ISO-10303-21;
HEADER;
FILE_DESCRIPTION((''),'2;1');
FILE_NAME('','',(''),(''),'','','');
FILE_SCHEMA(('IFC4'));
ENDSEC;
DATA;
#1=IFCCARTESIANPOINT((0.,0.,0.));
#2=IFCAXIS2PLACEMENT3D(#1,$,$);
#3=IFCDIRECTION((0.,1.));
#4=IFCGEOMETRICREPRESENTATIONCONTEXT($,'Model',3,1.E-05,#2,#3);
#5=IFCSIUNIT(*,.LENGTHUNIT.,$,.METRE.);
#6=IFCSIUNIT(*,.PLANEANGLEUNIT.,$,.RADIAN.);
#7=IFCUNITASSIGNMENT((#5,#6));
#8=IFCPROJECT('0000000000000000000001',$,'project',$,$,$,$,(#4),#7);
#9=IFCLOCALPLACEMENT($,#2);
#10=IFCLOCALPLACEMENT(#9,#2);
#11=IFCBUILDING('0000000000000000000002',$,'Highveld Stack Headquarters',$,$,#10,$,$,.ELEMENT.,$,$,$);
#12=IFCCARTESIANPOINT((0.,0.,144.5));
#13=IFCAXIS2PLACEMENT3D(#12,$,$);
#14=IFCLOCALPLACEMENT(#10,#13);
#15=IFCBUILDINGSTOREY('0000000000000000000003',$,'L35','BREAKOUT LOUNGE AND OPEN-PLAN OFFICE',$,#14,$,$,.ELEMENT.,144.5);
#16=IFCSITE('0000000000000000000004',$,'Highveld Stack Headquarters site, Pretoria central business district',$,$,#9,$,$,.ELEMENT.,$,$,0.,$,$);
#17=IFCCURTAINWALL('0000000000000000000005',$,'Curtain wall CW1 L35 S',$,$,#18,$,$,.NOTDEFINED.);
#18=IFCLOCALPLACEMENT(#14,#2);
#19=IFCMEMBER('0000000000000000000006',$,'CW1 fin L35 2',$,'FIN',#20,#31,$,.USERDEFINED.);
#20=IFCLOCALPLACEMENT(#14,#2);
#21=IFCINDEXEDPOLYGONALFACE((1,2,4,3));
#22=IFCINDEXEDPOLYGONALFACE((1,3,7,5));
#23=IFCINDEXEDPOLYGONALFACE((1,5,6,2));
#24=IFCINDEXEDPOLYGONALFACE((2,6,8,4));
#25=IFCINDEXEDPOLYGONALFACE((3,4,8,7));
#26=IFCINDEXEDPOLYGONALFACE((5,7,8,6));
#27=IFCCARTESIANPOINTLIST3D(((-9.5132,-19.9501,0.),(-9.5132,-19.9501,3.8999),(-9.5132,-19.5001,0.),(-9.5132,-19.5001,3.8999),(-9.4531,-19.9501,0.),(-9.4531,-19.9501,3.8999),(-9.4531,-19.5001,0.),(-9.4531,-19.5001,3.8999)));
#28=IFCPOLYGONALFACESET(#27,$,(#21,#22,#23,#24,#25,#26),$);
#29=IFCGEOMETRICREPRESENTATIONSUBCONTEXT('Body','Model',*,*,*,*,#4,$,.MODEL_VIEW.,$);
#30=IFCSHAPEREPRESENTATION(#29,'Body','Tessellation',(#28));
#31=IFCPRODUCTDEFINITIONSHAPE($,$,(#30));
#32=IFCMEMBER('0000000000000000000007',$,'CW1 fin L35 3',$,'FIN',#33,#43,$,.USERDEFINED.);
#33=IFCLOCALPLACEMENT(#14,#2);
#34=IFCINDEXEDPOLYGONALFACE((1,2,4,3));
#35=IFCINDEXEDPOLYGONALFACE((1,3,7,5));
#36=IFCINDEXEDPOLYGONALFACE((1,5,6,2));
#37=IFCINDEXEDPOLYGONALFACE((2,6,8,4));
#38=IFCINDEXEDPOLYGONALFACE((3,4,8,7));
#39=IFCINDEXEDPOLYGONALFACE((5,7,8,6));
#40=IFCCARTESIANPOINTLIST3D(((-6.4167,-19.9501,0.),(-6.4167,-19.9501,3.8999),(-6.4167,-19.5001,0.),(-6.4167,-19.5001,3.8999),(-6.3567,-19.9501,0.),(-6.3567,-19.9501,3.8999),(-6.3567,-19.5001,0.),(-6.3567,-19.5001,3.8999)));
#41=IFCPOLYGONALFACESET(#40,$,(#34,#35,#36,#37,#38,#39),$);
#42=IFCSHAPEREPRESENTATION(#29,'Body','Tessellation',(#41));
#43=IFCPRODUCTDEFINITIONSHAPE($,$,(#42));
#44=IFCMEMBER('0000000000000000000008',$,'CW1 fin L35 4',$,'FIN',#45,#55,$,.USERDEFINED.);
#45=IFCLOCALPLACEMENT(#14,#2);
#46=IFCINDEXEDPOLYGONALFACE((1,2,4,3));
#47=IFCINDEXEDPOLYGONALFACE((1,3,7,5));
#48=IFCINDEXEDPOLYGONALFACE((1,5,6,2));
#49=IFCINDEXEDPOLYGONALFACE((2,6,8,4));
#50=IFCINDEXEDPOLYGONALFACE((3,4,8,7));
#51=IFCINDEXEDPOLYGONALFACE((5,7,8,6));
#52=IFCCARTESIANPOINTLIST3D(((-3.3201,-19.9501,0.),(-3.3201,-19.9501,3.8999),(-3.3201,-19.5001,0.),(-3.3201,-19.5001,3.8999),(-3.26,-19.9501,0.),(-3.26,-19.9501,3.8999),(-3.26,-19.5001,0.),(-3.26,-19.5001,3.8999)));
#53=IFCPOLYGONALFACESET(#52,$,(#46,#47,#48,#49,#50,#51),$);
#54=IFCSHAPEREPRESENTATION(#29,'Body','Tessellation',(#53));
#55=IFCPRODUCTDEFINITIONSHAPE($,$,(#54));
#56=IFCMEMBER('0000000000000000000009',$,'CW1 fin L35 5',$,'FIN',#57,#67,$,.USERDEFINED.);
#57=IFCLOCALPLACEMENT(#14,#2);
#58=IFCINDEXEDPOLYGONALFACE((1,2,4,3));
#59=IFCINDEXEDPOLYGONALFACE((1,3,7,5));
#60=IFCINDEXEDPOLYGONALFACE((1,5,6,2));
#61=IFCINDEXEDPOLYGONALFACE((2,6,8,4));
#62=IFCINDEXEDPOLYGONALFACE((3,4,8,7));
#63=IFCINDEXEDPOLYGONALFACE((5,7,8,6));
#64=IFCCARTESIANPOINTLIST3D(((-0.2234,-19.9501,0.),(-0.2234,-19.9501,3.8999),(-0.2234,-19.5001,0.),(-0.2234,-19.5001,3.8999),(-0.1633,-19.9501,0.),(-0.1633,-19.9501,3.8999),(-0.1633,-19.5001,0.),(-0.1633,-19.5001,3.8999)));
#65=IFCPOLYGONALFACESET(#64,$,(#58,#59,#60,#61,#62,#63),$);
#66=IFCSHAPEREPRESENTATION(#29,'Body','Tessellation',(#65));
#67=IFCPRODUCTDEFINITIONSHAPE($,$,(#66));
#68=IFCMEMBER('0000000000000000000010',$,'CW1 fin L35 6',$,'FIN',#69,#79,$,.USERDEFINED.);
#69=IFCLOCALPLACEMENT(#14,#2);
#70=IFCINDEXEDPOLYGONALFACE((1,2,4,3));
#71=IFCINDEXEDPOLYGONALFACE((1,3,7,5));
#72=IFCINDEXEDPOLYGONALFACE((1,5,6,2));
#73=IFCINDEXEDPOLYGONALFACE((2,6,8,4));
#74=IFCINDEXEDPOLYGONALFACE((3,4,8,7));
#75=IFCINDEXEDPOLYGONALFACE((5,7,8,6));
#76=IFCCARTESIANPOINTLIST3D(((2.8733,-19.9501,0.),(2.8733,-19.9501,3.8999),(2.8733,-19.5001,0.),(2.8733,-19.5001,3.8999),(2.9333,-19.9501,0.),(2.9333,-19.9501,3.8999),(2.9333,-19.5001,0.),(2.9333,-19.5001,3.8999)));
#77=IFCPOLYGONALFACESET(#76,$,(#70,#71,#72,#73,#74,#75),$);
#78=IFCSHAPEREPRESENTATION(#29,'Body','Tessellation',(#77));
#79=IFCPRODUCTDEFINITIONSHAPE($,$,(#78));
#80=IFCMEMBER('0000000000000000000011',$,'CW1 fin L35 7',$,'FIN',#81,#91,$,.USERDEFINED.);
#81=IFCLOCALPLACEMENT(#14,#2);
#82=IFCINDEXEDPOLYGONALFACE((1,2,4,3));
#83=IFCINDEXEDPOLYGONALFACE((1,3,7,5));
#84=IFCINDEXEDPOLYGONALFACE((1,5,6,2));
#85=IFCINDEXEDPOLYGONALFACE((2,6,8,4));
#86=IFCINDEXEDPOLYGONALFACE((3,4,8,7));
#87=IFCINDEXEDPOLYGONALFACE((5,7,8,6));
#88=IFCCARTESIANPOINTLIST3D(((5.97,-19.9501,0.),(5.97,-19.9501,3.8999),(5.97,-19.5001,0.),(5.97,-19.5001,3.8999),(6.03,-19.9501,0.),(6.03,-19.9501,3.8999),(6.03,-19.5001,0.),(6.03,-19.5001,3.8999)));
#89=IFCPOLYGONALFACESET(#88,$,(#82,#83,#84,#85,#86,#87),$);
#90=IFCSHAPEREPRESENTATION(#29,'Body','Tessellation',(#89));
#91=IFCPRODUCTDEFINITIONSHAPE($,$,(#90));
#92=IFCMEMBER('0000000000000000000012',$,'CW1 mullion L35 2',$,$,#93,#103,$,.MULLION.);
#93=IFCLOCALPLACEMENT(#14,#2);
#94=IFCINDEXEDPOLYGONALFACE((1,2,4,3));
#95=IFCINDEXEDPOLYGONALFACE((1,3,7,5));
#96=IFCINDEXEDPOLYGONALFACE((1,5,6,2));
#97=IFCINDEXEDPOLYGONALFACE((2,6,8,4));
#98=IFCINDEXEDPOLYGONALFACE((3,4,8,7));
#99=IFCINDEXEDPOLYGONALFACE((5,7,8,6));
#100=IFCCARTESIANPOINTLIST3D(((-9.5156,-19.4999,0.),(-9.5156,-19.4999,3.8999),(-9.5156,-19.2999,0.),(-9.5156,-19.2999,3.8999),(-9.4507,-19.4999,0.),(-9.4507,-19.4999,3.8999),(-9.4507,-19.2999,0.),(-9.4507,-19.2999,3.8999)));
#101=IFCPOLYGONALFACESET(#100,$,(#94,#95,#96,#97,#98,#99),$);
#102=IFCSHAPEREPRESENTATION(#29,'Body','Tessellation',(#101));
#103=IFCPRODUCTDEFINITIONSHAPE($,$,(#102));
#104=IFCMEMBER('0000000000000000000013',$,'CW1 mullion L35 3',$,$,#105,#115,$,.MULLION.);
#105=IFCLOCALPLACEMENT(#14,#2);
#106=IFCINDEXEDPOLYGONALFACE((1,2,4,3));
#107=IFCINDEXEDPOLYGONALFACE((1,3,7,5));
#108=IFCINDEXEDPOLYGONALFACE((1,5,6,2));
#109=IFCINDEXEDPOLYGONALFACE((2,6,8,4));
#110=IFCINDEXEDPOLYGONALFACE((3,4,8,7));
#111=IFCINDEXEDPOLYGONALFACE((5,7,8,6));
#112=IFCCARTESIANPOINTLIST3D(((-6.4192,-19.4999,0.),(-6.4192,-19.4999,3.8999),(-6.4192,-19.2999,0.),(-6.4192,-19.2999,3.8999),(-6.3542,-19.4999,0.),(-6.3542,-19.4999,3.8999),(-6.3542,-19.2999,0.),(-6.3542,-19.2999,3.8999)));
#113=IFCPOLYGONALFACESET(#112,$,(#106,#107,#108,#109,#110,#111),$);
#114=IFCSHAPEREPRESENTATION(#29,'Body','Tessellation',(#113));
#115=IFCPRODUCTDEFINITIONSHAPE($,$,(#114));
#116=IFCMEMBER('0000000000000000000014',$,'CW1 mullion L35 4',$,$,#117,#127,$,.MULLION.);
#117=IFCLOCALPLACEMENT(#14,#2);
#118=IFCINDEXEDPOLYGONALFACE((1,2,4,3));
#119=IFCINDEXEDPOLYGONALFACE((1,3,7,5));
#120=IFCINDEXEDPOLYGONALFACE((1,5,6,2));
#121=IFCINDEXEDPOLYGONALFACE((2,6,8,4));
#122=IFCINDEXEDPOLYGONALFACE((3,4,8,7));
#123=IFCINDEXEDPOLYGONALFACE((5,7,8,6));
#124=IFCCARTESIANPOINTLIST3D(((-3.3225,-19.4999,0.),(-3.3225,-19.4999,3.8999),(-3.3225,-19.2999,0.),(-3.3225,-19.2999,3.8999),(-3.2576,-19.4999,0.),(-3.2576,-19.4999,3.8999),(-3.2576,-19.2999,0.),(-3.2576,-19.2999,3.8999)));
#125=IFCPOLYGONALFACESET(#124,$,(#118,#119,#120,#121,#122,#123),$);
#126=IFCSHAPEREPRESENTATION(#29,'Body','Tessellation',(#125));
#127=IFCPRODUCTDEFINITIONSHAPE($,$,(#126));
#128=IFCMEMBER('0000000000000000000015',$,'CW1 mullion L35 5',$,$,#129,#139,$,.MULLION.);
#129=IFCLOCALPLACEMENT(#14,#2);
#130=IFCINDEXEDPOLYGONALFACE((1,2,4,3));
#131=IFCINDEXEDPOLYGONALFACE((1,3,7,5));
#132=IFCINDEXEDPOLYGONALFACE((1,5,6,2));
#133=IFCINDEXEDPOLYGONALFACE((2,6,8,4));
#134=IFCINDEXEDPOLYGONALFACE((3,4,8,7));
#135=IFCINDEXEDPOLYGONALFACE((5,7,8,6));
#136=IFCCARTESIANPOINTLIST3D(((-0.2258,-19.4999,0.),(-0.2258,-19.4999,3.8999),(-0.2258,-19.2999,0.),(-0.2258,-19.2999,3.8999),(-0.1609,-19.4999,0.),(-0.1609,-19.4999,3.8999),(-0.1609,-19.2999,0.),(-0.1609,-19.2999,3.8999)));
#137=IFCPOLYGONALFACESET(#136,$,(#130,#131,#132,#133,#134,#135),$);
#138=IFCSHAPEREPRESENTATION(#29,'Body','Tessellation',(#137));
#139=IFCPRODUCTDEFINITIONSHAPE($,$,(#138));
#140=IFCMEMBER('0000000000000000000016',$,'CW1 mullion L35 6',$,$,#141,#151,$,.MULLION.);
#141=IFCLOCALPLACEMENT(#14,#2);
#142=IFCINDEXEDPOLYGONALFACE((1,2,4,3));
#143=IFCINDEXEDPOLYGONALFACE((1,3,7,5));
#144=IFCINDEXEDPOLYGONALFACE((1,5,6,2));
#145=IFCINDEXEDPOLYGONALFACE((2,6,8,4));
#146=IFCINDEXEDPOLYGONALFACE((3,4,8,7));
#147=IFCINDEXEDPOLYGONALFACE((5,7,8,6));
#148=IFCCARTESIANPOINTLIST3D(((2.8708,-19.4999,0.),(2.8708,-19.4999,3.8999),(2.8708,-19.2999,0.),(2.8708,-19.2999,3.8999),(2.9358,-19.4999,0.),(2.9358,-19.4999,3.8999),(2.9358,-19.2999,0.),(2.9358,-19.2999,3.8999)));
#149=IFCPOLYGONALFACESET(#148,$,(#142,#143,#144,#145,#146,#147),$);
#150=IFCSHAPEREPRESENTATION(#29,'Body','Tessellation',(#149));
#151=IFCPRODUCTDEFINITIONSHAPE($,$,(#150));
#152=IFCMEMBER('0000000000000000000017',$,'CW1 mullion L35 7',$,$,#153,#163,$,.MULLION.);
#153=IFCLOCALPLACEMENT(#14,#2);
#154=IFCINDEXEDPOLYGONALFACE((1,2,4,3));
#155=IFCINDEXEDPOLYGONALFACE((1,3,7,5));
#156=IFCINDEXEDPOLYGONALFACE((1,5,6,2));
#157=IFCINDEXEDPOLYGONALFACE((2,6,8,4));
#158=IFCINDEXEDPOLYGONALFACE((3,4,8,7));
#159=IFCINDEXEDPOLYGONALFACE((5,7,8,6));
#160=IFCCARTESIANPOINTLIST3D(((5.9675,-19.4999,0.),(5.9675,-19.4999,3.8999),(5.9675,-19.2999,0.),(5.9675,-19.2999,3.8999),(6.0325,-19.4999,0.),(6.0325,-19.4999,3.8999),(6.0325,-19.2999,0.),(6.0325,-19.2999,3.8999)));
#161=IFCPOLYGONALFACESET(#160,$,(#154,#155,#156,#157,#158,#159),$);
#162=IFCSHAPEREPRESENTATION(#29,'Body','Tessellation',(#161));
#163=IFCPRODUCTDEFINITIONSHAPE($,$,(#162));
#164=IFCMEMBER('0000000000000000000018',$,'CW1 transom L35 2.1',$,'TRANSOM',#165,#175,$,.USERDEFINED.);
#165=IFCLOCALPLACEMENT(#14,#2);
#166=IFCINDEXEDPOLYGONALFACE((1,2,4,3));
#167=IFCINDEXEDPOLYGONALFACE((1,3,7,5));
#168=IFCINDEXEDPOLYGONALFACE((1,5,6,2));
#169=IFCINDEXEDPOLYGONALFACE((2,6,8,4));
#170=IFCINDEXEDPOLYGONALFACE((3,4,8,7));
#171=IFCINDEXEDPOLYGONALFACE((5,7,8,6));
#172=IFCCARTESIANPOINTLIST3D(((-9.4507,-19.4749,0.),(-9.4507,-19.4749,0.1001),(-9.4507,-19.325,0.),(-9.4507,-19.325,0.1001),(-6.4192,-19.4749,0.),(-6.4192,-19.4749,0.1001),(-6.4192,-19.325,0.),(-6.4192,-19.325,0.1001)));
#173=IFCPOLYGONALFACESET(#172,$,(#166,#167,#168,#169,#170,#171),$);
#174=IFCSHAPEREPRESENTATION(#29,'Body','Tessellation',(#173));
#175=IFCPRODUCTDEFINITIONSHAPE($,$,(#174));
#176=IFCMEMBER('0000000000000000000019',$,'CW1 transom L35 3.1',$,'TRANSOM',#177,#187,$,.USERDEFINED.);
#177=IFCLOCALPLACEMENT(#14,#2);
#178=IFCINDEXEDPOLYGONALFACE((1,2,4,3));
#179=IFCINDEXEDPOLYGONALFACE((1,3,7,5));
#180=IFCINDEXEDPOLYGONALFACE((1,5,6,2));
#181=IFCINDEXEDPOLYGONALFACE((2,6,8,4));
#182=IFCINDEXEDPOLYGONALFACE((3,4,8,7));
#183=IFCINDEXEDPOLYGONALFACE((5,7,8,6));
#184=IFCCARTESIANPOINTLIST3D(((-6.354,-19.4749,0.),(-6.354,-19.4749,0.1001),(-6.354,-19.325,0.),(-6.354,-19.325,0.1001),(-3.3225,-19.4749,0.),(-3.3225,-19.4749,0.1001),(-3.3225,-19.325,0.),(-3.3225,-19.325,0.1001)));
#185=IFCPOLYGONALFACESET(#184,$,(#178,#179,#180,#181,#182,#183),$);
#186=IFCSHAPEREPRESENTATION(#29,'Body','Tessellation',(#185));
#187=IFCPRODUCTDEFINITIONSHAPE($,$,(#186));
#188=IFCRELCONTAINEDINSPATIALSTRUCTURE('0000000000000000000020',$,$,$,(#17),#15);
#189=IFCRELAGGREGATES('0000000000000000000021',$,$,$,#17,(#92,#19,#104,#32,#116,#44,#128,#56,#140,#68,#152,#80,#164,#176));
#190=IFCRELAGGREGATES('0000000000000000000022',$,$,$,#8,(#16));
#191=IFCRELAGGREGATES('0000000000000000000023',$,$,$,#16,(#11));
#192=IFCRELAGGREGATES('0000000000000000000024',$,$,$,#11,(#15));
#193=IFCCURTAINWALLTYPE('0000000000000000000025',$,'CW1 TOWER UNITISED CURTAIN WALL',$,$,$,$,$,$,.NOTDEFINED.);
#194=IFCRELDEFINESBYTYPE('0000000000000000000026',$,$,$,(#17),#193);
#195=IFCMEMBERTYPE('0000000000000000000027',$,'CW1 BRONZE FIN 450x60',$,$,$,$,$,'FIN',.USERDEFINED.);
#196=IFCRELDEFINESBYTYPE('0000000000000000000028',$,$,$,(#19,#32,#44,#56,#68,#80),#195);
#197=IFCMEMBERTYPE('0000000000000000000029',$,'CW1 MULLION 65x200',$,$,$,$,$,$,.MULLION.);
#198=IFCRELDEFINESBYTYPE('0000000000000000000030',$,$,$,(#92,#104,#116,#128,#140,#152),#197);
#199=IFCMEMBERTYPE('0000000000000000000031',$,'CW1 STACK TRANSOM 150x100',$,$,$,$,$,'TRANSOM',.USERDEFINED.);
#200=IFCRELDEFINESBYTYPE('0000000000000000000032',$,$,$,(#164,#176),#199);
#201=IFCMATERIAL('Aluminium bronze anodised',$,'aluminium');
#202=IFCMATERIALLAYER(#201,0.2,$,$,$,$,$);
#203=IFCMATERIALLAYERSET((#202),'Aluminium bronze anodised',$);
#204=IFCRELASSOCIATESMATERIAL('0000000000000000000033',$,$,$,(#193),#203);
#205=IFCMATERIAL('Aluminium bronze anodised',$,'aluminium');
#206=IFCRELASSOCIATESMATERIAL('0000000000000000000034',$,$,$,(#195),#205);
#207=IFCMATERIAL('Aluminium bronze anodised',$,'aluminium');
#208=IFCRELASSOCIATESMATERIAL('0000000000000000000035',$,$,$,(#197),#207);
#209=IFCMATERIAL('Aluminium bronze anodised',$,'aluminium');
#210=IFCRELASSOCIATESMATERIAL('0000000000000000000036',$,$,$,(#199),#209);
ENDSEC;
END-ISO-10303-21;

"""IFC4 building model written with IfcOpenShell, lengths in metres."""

from ifc_helpers import new_model, si_unit, direction, frame, origin, origin_2d, place, context, subcontext, project, spatial, rectangle, extrude, material, layer, layer_set, material_profile, profile_set, type_object, element, aggregate, save


model = new_model("IFC4")

# Units and contexts
model_context = context("Model", 3, precision=1e-05, world=origin(), true_north=direction((0.0, 1.0)))
body_context = subcontext(model_context, "Body", "Model", "MODEL_VIEW")
ifc_project = project(units=[si_unit("LENGTHUNIT", "METRE"), si_unit("PLANEANGLEUNIT", "RADIAN")], contexts=[model_context])

# Site, building, storey
site_placement = place(None, origin())
site = spatial("IfcSite", under=ifc_project, at=site_placement, Name="Highveld Stack Headquarters site, Pretoria central business district", CompositionType="ELEMENT", RefElevation=0.0)
building_placement = place(site_placement, origin())
building = spatial("IfcBuilding", under=site, at=building_placement, Name="Highveld Stack Headquarters", CompositionType="ELEMENT")
storey_placement = place(building_placement, frame((0.0, 0.0, 144.5)))
storey = spatial("IfcBuildingStorey", under=building, at=storey_placement, Name="L35", Description="BREAKOUT LOUNGE AND OPEN-PLAN OFFICE", CompositionType="ELEMENT", Elevation=144.5)

# Curtain wall, members
ifc_material_1 = material(Name="Aluminium bronze anodised", Category="aluminium")
ifc_layer_1 = layer(ifc_material_1, 0.2)
ifc_layer_set_1 = layer_set([ifc_layer_1], Name="Aluminium bronze anodised")
curtain_wall_type = type_object("IfcCurtainWallType", Name="CW1 TOWER UNITISED CURTAIN WALL", PredefinedType="NOTDEFINED", material=ifc_layer_set_1)
curtain_wall_placement = place(storey_placement, origin())
curtain_wall = element("IfcCurtainWall", 1, at=curtain_wall_placement, inside=storey, type_object=curtain_wall_type, Name="Curtain wall CW1 L35 S", PredefinedType="NOTDEFINED")
ifc_material_2 = material(Name="Aluminium bronze anodised", Category="aluminium")
ifc_material_profile_1 = material_profile(ifc_material_2, rectangle(XDim=0.45, YDim=0.0601, at=origin_2d()), Name="FIN 450x60")
ifc_profile_set_1 = profile_set([ifc_material_profile_1], Name="Aluminium bronze anodised")
member_type_1 = type_object("IfcMemberType", Name="CW1 BRONZE FIN 450x60", ElementType="FIN", PredefinedType="USERDEFINED", material=ifc_profile_set_1)
member_1_placement = place(storey_placement, frame((-9.4832, -19.7251, 0.0), z_axis=(0.0, 0.0, 1.0), x_axis=(0.0, 1.0, 0.0)))
member_1 = element("IfcMember", 2, at=member_1_placement, type_object=member_type_1, Name="CW1 fin L35 2", ObjectType="FIN", PredefinedType="USERDEFINED", context=body_context, shape_type="SweptSolid", body=[
    extrude(rectangle(XDim=0.45, YDim=0.0601, at=origin_2d()), origin(), (0.0, 0.0, 1.0), 3.8999),
])
member_2_placement = place(storey_placement, frame((-6.3867, -19.7251, 0.0), z_axis=(0.0, 0.0, 1.0), x_axis=(0.0, 1.0, 0.0)))
member_2 = element("IfcMember", 3, at=member_2_placement, type_object=member_type_1, Name="CW1 fin L35 3", ObjectType="FIN", PredefinedType="USERDEFINED", context=body_context, shape_type="SweptSolid", body=[
    extrude(rectangle(XDim=0.45, YDim=0.0601, at=origin_2d()), origin(), (0.0, 0.0, 1.0), 3.8999),
])
member_3_placement = place(storey_placement, frame((-3.29, -19.7251, 0.0), z_axis=(0.0, 0.0, 1.0), x_axis=(0.0, 1.0, 0.0)))
member_3 = element("IfcMember", 4, at=member_3_placement, type_object=member_type_1, Name="CW1 fin L35 4", ObjectType="FIN", PredefinedType="USERDEFINED", context=body_context, shape_type="SweptSolid", body=[
    extrude(rectangle(XDim=0.45, YDim=0.0601, at=origin_2d()), origin(), (0.0, 0.0, 1.0), 3.8999),
])
member_4_placement = place(storey_placement, frame((-0.1934, -19.7251, 0.0), z_axis=(0.0, 0.0, 1.0), x_axis=(0.0, 1.0, 0.0)))
member_4 = element("IfcMember", 5, at=member_4_placement, type_object=member_type_1, Name="CW1 fin L35 5", ObjectType="FIN", PredefinedType="USERDEFINED", context=body_context, shape_type="SweptSolid", body=[
    extrude(rectangle(XDim=0.45, YDim=0.0601, at=origin_2d()), origin(), (0.0, 0.0, 1.0), 3.8999),
])
member_5_placement = place(storey_placement, frame((2.9033, -19.7251, 0.0), z_axis=(0.0, 0.0, 1.0), x_axis=(0.0, 1.0, 0.0)))
member_5 = element("IfcMember", 6, at=member_5_placement, type_object=member_type_1, Name="CW1 fin L35 6", ObjectType="FIN", PredefinedType="USERDEFINED", context=body_context, shape_type="SweptSolid", body=[
    extrude(rectangle(XDim=0.45, YDim=0.0601, at=origin_2d()), origin(), (0.0, 0.0, 1.0), 3.8999),
])
member_6_placement = place(storey_placement, frame((6.0, -19.7251, 0.0), z_axis=(0.0, 0.0, 1.0), x_axis=(0.0, 1.0, 0.0)))
member_6 = element("IfcMember", 7, at=member_6_placement, type_object=member_type_1, Name="CW1 fin L35 7", ObjectType="FIN", PredefinedType="USERDEFINED", context=body_context, shape_type="SweptSolid", body=[
    extrude(rectangle(XDim=0.45, YDim=0.0601, at=origin_2d()), origin(), (0.0, 0.0, 1.0), 3.8999),
])
ifc_material_3 = material(Name="Aluminium bronze anodised", Category="aluminium")
ifc_material_profile_2 = material_profile(ifc_material_3, rectangle(XDim=0.2, YDim=0.0649, at=origin_2d()), Name="CW1 MULLION 65x200")
ifc_profile_set_2 = profile_set([ifc_material_profile_2], Name="Aluminium bronze anodised")
member_type_2 = type_object("IfcMemberType", Name="CW1 MULLION 65x200", PredefinedType="MULLION", material=ifc_profile_set_2)
member_7_placement = place(storey_placement, frame((-9.4832, -19.3999, 0.0), z_axis=(0.0, 0.0, 1.0), x_axis=(0.0, 1.0, 0.0)))
member_7 = element("IfcMember", 8, at=member_7_placement, type_object=member_type_2, Name="CW1 mullion L35 2", PredefinedType="MULLION", context=body_context, shape_type="SweptSolid", body=[
    extrude(rectangle(XDim=0.2, YDim=0.0649, at=origin_2d()), origin(), (0.0, 0.0, 1.0), 3.8999),
])
member_8_placement = place(storey_placement, frame((-6.3867, -19.3999, 0.0), z_axis=(0.0, 0.0, 1.0), x_axis=(0.0, 1.0, 0.0)))
member_8 = element("IfcMember", 9, at=member_8_placement, type_object=member_type_2, Name="CW1 mullion L35 3", PredefinedType="MULLION", context=body_context, shape_type="SweptSolid", body=[
    extrude(rectangle(XDim=0.2, YDim=0.0649, at=origin_2d()), origin(), (0.0, 0.0, 1.0), 3.8999),
])
member_9_placement = place(storey_placement, frame((-3.29, -19.3999, 0.0), z_axis=(0.0, 0.0, 1.0), x_axis=(0.0, 1.0, 0.0)))
member_9 = element("IfcMember", 10, at=member_9_placement, type_object=member_type_2, Name="CW1 mullion L35 4", PredefinedType="MULLION", context=body_context, shape_type="SweptSolid", body=[
    extrude(rectangle(XDim=0.2, YDim=0.0649, at=origin_2d()), origin(), (0.0, 0.0, 1.0), 3.8999),
])
member_10_placement = place(storey_placement, frame((-0.1934, -19.3999, 0.0), z_axis=(0.0, 0.0, 1.0), x_axis=(0.0, 1.0, 0.0)))
member_10 = element("IfcMember", 11, at=member_10_placement, type_object=member_type_2, Name="CW1 mullion L35 5", PredefinedType="MULLION", context=body_context, shape_type="SweptSolid", body=[
    extrude(rectangle(XDim=0.2, YDim=0.0649, at=origin_2d()), origin(), (0.0, 0.0, 1.0), 3.8999),
])
member_11_placement = place(storey_placement, frame((2.9033, -19.3999, 0.0), z_axis=(0.0, 0.0, 1.0), x_axis=(0.0, 1.0, 0.0)))
member_11 = element("IfcMember", 12, at=member_11_placement, type_object=member_type_2, Name="CW1 mullion L35 6", PredefinedType="MULLION", context=body_context, shape_type="SweptSolid", body=[
    extrude(rectangle(XDim=0.2, YDim=0.0649, at=origin_2d()), origin(), (0.0, 0.0, 1.0), 3.8999),
])
member_12_placement = place(storey_placement, frame((6.0, -19.3999, 0.0), z_axis=(0.0, 0.0, 1.0), x_axis=(0.0, 1.0, 0.0)))
member_12 = element("IfcMember", 13, at=member_12_placement, type_object=member_type_2, Name="CW1 mullion L35 7", PredefinedType="MULLION", context=body_context, shape_type="SweptSolid", body=[
    extrude(rectangle(XDim=0.2, YDim=0.0649, at=origin_2d()), origin(), (0.0, 0.0, 1.0), 3.8999),
])
ifc_material_4 = material(Name="Aluminium bronze anodised", Category="aluminium")
ifc_material_profile_3 = material_profile(ifc_material_4, rectangle(XDim=0.1499, YDim=0.1001, at=origin_2d()), Name="CW1 TRANSOM 150x100")
ifc_profile_set_3 = profile_set([ifc_material_profile_3], Name="Aluminium bronze anodised")
member_type_3 = type_object("IfcMemberType", Name="CW1 STACK TRANSOM 150x100", ElementType="TRANSOM", PredefinedType="USERDEFINED", material=ifc_profile_set_3)
member_13_placement = place(storey_placement, frame((-9.4507, -19.3999, 0.05), z_axis=(1.0, 0.0, 0.0), x_axis=(0.0, 1.0, 0.0)))
member_13 = element("IfcMember", 14, at=member_13_placement, type_object=member_type_3, Name="CW1 transom L35 2.1", ObjectType="TRANSOM", PredefinedType="USERDEFINED", context=body_context, shape_type="SweptSolid", body=[
    extrude(rectangle(XDim=0.1499, YDim=0.1001, at=origin_2d()), origin(), (0.0, 0.0, 1.0), 3.0315),
])
member_14_placement = place(storey_placement, frame((-6.354, -19.3999, 0.05), z_axis=(1.0, 0.0, 0.0), x_axis=(0.0, 1.0, 0.0)))
member_14 = element("IfcMember", 15, at=member_14_placement, type_object=member_type_3, Name="CW1 transom L35 3.1", ObjectType="TRANSOM", PredefinedType="USERDEFINED", context=body_context, shape_type="SweptSolid", body=[
    extrude(rectangle(XDim=0.1499, YDim=0.1001, at=origin_2d()), origin(), (0.0, 0.0, 1.0), 3.0315),
])
aggregate(curtain_wall, [member_7, member_1, member_8, member_2, member_9, member_3, member_10, member_4, member_11, member_5, member_12, member_6, member_13, member_14])

save(model, "model.ifc")
